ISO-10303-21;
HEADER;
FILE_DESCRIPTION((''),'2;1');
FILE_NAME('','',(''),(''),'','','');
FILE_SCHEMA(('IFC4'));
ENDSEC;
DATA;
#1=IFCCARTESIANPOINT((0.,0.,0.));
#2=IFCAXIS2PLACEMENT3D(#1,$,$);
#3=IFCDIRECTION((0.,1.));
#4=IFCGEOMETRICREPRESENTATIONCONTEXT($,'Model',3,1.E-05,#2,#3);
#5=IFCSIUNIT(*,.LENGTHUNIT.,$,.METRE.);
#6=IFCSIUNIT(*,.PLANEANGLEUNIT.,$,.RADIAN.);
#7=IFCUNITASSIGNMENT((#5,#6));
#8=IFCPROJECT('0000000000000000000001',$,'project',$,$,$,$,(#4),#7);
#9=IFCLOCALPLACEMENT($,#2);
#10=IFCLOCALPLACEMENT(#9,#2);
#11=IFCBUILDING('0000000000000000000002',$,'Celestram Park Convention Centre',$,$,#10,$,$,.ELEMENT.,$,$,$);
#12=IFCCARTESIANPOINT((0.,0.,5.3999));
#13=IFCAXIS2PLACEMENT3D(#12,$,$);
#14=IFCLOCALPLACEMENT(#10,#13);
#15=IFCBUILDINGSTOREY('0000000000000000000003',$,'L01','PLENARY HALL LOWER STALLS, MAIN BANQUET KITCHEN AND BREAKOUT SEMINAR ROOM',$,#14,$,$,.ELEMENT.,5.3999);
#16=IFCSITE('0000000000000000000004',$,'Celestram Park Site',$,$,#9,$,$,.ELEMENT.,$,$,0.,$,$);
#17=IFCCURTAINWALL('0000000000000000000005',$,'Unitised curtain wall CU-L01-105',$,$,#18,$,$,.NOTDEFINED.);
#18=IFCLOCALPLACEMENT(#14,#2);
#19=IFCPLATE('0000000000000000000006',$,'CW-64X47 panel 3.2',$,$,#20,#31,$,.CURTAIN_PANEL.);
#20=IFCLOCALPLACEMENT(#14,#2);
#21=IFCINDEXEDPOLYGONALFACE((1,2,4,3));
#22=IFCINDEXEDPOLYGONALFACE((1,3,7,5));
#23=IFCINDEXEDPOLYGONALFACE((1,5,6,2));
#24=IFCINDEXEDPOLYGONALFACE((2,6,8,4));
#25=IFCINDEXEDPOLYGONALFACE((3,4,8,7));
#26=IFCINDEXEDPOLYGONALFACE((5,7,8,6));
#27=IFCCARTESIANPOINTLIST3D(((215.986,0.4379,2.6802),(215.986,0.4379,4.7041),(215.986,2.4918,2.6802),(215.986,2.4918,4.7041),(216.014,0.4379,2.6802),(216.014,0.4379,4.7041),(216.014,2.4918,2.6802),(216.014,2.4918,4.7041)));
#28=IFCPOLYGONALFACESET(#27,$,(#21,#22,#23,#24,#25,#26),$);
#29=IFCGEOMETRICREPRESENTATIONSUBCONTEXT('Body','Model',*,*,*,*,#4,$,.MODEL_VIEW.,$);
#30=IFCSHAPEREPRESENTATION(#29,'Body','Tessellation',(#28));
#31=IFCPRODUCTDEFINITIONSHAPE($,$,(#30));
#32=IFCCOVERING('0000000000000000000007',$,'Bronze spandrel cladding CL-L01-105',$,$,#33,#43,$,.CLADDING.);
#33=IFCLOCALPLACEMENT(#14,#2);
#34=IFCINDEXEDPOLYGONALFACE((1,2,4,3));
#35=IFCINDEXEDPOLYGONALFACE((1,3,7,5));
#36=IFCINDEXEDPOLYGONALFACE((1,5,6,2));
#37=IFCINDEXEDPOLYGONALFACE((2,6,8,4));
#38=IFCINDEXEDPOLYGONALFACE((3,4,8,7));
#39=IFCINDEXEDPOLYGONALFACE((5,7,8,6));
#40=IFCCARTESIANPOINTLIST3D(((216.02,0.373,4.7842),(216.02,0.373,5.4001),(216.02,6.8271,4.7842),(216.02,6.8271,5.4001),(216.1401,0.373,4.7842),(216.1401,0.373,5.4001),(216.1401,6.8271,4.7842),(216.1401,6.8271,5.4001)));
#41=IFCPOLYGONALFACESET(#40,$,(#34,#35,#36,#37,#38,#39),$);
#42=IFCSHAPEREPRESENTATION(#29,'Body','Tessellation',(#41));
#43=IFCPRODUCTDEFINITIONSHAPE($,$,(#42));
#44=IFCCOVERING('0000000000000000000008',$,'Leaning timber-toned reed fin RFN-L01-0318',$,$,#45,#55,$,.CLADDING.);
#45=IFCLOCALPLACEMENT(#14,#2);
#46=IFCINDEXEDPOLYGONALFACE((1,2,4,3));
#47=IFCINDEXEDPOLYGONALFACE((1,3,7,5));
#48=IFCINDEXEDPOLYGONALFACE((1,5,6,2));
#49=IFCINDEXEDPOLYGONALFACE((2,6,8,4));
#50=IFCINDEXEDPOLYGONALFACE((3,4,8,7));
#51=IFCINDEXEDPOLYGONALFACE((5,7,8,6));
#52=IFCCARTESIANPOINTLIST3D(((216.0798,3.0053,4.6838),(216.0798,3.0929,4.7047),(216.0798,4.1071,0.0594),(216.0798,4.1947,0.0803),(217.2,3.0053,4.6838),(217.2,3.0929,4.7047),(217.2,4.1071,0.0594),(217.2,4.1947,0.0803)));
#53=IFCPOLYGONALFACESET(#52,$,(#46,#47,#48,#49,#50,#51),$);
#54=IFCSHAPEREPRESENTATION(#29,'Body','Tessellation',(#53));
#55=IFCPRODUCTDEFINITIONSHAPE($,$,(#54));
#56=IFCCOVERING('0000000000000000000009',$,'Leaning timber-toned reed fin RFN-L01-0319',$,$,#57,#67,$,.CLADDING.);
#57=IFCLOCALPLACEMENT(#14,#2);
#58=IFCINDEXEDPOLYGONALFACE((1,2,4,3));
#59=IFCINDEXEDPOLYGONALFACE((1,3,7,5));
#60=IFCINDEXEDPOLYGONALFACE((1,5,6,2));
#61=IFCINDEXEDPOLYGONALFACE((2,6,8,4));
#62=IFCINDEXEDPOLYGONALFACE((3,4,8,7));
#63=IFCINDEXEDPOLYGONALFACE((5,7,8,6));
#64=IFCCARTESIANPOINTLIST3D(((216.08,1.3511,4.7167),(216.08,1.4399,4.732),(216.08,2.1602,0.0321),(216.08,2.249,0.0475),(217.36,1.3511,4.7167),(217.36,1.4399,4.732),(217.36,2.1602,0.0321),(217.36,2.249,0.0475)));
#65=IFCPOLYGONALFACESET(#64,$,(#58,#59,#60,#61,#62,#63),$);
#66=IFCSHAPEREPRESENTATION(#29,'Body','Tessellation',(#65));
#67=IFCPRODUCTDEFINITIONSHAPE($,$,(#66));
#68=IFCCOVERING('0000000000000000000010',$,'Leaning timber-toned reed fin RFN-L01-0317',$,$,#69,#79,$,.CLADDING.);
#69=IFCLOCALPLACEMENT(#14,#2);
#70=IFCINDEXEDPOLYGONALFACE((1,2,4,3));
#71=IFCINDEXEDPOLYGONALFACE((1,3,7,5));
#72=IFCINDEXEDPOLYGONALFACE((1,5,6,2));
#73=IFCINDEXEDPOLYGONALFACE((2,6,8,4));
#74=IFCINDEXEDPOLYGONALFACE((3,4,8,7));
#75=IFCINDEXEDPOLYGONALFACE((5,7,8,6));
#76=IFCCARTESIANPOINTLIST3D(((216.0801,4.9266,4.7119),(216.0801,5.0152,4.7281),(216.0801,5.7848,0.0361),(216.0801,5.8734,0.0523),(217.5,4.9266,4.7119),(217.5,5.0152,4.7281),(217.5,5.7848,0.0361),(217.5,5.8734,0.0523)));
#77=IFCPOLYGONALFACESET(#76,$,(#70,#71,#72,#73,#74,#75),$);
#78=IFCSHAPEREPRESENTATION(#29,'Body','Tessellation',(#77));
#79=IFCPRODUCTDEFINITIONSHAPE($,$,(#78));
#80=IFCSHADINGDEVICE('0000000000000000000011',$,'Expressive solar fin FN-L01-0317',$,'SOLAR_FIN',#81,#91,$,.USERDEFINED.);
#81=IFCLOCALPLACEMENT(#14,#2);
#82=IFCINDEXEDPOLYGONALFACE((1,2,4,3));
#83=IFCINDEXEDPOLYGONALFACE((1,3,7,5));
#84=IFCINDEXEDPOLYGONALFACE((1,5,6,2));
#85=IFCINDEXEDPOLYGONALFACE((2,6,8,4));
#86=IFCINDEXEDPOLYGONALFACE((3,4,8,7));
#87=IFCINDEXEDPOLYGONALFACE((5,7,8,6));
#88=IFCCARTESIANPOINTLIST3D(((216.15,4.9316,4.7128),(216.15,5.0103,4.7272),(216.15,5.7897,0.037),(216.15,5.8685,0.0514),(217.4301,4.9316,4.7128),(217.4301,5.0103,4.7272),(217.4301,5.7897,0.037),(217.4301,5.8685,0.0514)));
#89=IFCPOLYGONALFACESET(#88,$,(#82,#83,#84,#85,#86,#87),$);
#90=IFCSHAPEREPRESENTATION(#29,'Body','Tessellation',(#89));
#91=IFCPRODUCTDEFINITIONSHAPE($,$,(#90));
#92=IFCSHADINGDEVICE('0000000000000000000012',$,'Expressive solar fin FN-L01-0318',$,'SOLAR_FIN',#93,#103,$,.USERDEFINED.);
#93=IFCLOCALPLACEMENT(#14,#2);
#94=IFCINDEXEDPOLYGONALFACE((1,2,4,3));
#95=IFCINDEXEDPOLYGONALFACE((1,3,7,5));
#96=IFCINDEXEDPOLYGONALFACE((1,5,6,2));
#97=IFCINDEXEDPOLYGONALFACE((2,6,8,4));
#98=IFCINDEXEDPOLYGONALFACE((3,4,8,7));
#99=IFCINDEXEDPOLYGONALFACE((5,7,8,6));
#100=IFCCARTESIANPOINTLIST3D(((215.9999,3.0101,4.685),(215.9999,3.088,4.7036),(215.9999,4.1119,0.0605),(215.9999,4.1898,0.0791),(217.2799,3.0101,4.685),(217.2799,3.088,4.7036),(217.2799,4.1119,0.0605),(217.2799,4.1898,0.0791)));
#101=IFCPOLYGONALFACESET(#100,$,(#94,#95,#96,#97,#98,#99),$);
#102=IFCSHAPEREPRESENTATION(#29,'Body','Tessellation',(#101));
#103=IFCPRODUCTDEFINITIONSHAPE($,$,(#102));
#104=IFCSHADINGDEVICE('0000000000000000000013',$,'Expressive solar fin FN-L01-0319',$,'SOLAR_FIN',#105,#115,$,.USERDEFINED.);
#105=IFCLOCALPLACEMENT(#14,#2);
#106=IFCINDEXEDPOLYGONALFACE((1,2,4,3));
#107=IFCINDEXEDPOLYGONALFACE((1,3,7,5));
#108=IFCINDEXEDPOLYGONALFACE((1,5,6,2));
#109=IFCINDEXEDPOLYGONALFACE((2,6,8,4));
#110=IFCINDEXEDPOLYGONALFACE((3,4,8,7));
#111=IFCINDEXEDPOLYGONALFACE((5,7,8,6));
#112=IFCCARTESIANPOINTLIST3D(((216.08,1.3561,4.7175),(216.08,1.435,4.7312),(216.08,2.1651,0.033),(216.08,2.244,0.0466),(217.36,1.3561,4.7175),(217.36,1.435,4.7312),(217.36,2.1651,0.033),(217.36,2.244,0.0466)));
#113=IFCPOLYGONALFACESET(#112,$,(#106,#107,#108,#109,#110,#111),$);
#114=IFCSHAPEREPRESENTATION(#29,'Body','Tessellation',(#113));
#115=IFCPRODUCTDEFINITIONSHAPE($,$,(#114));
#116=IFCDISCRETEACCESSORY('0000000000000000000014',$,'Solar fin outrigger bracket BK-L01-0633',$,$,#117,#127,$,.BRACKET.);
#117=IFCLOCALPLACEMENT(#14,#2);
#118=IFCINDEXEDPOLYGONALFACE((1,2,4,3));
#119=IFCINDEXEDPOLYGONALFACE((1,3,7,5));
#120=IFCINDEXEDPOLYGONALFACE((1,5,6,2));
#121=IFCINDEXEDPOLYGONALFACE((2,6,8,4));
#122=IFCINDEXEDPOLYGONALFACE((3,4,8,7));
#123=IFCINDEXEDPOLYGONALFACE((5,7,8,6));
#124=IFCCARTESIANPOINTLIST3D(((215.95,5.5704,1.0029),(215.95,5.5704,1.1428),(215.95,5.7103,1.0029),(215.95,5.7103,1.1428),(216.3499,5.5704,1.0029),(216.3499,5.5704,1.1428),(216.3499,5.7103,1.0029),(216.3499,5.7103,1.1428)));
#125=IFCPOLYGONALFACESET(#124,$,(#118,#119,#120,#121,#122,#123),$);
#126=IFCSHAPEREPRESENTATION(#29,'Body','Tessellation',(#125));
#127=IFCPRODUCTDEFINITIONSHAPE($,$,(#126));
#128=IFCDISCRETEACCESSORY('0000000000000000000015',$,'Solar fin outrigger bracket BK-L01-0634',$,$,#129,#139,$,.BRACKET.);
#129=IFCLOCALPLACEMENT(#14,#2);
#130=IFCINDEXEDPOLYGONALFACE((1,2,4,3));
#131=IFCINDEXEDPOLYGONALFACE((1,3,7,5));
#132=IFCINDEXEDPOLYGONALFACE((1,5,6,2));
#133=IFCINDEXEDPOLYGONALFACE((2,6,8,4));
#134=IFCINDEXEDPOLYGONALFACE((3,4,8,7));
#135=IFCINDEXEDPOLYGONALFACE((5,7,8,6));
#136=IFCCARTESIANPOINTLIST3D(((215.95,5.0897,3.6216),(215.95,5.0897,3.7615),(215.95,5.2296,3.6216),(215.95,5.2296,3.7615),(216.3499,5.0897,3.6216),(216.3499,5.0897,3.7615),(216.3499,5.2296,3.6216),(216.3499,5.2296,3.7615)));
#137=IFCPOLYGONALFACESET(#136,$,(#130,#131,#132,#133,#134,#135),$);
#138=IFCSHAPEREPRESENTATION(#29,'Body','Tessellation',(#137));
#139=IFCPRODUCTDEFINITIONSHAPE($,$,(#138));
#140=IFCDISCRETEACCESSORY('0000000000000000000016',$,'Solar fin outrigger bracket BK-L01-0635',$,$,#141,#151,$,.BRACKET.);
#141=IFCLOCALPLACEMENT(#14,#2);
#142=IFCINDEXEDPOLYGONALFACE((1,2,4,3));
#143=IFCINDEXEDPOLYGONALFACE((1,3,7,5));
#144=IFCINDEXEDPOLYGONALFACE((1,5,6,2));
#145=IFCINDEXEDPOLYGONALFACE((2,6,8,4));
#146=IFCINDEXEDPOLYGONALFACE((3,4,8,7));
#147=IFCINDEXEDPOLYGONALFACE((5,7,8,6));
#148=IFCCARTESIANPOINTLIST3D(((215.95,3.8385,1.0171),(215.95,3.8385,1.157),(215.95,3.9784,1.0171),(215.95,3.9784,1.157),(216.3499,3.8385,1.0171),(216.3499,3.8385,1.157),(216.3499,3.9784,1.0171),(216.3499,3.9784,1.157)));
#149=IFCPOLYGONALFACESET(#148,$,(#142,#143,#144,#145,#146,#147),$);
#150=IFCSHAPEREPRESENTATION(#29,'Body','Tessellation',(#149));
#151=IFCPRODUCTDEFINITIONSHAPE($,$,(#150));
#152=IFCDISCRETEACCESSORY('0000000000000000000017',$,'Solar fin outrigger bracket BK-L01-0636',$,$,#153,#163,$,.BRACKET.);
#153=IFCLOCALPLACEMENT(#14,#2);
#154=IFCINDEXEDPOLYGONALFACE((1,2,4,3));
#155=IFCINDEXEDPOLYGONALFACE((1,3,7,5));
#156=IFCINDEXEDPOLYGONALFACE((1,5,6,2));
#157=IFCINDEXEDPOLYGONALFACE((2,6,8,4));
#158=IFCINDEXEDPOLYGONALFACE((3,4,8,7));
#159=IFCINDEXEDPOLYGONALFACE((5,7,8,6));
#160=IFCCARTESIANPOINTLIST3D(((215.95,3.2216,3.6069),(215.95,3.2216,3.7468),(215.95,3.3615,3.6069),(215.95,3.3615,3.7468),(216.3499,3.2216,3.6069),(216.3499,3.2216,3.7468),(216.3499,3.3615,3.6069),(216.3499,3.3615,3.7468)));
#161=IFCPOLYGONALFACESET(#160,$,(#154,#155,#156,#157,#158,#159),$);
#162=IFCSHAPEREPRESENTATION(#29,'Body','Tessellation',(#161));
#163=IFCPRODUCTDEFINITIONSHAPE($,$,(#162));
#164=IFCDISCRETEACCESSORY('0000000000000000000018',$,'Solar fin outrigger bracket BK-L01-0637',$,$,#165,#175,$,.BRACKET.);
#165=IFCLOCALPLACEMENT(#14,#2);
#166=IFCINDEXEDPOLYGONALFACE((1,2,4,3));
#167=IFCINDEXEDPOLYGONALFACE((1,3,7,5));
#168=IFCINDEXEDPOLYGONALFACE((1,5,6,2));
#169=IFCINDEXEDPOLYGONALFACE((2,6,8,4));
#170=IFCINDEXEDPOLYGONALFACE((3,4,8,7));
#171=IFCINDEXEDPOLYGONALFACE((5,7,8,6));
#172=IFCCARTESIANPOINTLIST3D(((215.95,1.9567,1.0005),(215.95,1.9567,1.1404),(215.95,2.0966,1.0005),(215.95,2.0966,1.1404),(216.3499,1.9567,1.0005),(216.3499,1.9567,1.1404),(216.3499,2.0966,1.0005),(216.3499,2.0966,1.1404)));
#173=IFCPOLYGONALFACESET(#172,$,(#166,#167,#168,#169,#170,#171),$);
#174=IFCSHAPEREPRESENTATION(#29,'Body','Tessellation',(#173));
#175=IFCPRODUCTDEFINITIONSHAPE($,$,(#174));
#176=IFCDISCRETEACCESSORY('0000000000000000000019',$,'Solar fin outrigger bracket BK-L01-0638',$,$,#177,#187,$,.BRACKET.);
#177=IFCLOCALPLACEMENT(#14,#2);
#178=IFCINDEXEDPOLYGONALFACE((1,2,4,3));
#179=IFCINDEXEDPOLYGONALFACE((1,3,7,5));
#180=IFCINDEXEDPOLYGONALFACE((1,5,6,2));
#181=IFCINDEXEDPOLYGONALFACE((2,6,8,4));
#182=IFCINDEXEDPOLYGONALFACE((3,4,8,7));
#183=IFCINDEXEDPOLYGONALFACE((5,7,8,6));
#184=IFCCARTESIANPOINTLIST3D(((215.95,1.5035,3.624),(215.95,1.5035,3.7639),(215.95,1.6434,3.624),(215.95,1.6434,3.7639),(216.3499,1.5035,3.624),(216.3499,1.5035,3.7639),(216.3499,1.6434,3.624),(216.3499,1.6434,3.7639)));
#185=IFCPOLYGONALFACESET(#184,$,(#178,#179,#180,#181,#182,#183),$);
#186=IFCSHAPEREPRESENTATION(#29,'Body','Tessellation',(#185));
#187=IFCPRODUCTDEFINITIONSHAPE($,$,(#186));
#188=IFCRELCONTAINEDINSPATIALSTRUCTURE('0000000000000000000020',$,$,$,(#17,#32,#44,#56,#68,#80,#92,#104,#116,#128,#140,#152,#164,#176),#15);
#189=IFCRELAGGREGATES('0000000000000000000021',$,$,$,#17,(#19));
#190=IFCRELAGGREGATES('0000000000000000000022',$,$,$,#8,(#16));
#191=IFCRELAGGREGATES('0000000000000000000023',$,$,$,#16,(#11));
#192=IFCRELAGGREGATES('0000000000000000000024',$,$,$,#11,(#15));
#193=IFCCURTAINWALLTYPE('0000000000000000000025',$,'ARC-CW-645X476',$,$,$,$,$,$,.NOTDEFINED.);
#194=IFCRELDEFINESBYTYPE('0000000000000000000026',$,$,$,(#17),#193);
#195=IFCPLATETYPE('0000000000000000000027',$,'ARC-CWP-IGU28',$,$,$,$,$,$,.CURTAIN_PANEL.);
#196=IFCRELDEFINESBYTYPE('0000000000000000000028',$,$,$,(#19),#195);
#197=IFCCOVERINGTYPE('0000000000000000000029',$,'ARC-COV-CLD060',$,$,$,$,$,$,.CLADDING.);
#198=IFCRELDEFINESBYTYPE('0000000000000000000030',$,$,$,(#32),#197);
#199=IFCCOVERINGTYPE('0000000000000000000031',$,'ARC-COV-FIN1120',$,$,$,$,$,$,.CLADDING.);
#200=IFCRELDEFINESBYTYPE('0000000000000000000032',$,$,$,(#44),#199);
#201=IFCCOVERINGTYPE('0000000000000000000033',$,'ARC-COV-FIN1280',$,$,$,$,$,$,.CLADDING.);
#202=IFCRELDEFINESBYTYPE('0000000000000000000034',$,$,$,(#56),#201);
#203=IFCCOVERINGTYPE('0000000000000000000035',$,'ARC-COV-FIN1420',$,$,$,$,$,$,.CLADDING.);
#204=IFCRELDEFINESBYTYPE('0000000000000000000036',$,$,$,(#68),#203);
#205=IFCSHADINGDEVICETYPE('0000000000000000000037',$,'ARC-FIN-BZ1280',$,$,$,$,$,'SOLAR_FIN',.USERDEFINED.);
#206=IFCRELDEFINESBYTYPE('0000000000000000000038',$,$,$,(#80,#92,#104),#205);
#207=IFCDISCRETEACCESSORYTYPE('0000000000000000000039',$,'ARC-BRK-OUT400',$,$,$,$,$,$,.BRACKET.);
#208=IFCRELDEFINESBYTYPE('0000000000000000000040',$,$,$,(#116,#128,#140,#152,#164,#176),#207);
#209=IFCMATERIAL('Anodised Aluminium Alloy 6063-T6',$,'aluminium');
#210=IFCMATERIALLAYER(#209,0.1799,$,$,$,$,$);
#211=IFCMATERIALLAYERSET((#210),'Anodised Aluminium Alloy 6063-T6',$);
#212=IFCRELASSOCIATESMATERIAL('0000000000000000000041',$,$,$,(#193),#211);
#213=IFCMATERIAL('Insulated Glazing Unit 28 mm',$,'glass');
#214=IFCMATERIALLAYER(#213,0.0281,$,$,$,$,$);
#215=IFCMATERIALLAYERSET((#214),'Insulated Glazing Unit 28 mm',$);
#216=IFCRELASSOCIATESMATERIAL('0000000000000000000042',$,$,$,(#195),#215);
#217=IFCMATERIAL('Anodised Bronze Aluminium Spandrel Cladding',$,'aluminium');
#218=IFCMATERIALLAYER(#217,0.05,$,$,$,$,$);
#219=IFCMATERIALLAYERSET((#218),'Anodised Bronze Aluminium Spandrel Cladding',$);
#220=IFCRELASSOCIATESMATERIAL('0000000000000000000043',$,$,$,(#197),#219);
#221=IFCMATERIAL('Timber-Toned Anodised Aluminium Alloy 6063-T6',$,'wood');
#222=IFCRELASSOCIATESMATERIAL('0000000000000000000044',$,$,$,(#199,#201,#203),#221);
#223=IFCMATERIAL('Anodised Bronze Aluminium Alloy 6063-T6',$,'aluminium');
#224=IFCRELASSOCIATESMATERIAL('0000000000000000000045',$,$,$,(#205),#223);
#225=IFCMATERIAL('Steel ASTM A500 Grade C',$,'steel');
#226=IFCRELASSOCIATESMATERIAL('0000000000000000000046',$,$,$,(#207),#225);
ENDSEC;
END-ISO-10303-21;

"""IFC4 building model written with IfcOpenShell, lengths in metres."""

from ifc_helpers import new_model, si_unit, direction, frame, origin, origin_2d, place, context, subcontext, project, spatial, rectangle, extrude, material, layer, layer_set, material_profile, profile_set, type_object, element, aggregate, save


model = new_model("IFC4")

# Units and contexts
model_context = context("Model", 3, precision=1e-05, world=origin(), true_north=direction((0.0, 1.0)))
body_context = subcontext(model_context, "Body", "Model", "MODEL_VIEW")
ifc_project = project(units=[si_unit("LENGTHUNIT", "METRE"), si_unit("PLANEANGLEUNIT", "RADIAN")], contexts=[model_context])

# Site, building, storey
site_placement = place(None, origin())
site = spatial("IfcSite", under=ifc_project, at=site_placement, Name="Celestram Park Site", CompositionType="ELEMENT", RefElevation=0.0)
building_placement = place(site_placement, origin())
building = spatial("IfcBuilding", under=site, at=building_placement, Name="Celestram Park Convention Centre", CompositionType="ELEMENT")
storey_placement = place(building_placement, frame((0.0, 0.0, 5.3999)))
storey = spatial("IfcBuildingStorey", under=building, at=storey_placement, Name="L01", Description="PLENARY HALL LOWER STALLS, MAIN BANQUET KITCHEN AND BREAKOUT SEMINAR ROOM", CompositionType="ELEMENT", Elevation=5.3999)

# Curtain wall
ifc_material_1 = material(Name="Anodised Aluminium Alloy 6063-T6", Category="aluminium")
ifc_layer_1 = layer(ifc_material_1, 0.1799)
ifc_layer_set_1 = layer_set([ifc_layer_1], Name="Anodised Aluminium Alloy 6063-T6")
curtain_wall_type_1 = type_object("IfcCurtainWallType", Name="ARC-CW-645X476", PredefinedType="NOTDEFINED", material=ifc_layer_set_1)
curtain_wall_1_placement = place(storey_placement, origin())
curtain_wall_1 = element("IfcCurtainWall", 1, at=curtain_wall_1_placement, inside=storey, type_object=curtain_wall_type_1, Name="Unitised curtain wall CU-L01-105", PredefinedType="NOTDEFINED")

# Shared definitions
ifc_material_2 = material(Name="Steel ASTM A500 Grade C", Category="steel")

# Plate
ifc_material_3 = material(Name="Insulated Glazing Unit 28 mm", Category="glass")
ifc_layer_2 = layer(ifc_material_3, 0.0281)
ifc_layer_set_2 = layer_set([ifc_layer_2], Name="Insulated Glazing Unit 28 mm")
plate_type = type_object("IfcPlateType", Name="ARC-CWP-IGU28", PredefinedType="CURTAIN_PANEL", material=ifc_layer_set_2)
plate_1_placement = place(storey_placement, frame((216.0, 1.4648, 2.6802), z_axis=(0.0, 0.0, 1.0), x_axis=(0.0, -1.0, 0.0)))
plate_1 = element("IfcPlate", 2, at=plate_1_placement, type_object=plate_type, Name="CW-64X47 panel 3.2", PredefinedType="CURTAIN_PANEL", context=body_context, shape_type="SweptSolid", body=[
    extrude(rectangle(XDim=2.054, YDim=0.0281, at=origin_2d()), origin(), (0.0, 0.0, 1.0), 2.0239),
])
aggregate(curtain_wall_1, [plate_1])

# Coverings
ifc_material_4 = material(Name="Anodised Bronze Aluminium Spandrel Cladding", Category="aluminium")
ifc_layer_3 = layer(ifc_material_4, 0.05)
ifc_layer_set_3 = layer_set([ifc_layer_3], Name="Anodised Bronze Aluminium Spandrel Cladding")
covering_type_1 = type_object("IfcCoveringType", Name="ARC-COV-CLD060", PredefinedType="CLADDING", material=ifc_layer_set_3)
covering_1_placement = place(storey_placement, frame((216.0801, 3.6001, 4.7842), z_axis=(0.0, 0.0, 1.0), x_axis=(0.0, -1.0, 0.0)))
element("IfcCovering", 3, at=covering_1_placement, inside=storey, type_object=covering_type_1, Name="Bronze spandrel cladding CL-L01-105", PredefinedType="CLADDING", context=body_context, shape_type="SweptSolid", body=[
    extrude(rectangle(XDim=6.4541, YDim=0.1201, at=origin_2d()), origin(), (0.0, 0.0, 1.0), 0.616),
])
ifc_material_5 = material(Name="Timber-Toned Anodised Aluminium Alloy 6063-T6", Category="wood")
ifc_material_profile_1 = material_profile(ifc_material_5, rectangle(XDim=1.1201, YDim=0.0901, at=origin_2d()), Name="REED1120X90")
ifc_profile_set_1 = profile_set([ifc_material_profile_1], Name="Timber-Toned Anodised Aluminium Alloy 6063-T6")
covering_type_2 = type_object("IfcCoveringType", Name="ARC-COV-FIN1120", PredefinedType="CLADDING", material=ifc_profile_set_1)
covering_2_placement = place(storey_placement, frame((216.6399, 4.1509, 0.0698), z_axis=(0.0, -0.231766, 0.972771), x_axis=(1.0, 0.0, 0.0)))
element("IfcCovering", 4, at=covering_2_placement, inside=storey, type_object=covering_type_2, Name="Leaning timber-toned reed fin RFN-L01-0318", PredefinedType="CLADDING", context=body_context, shape_type="SweptSolid", body=[
    extrude(rectangle(XDim=1.1201, YDim=0.0901, at=origin_2d()), origin(), (0.0, 0.0, 1.0), 4.7539),
])
ifc_material_profile_2 = material_profile(ifc_material_5, rectangle(XDim=1.28, YDim=0.0901, at=origin_2d()), Name="REED1280X90")
ifc_profile_set_2 = profile_set([ifc_material_profile_2], Name="Timber-Toned Anodised Aluminium Alloy 6063-T6")
covering_type_3 = type_object("IfcCoveringType", Name="ARC-COV-FIN1280", PredefinedType="CLADDING", material=ifc_profile_set_2)
covering_3_placement = place(storey_placement, frame((216.72, 2.2046, 0.0398), z_axis=(0.0, -0.170192, 0.985411), x_axis=(1.0, 0.0, 0.0)))
element("IfcCovering", 5, at=covering_3_placement, inside=storey, type_object=covering_type_3, Name="Leaning timber-toned reed fin RFN-L01-0319", PredefinedType="CLADDING", context=body_context, shape_type="SweptSolid", body=[
    extrude(rectangle(XDim=1.28, YDim=0.0901, at=origin_2d()), origin(), (0.0, 0.0, 1.0), 4.7539),
])
ifc_material_profile_3 = material_profile(ifc_material_5, rectangle(XDim=1.4199, YDim=0.0901, at=origin_2d()), Name="REED1420X90")
ifc_profile_set_3 = profile_set([ifc_material_profile_3], Name="Timber-Toned Anodised Aluminium Alloy 6063-T6")
covering_type_4 = type_object("IfcCoveringType", Name="ARC-COV-FIN1420", PredefinedType="CLADDING", material=ifc_profile_set_3)
covering_4_placement = place(storey_placement, frame((216.79, 5.8291, 0.0442), z_axis=(0.0, -0.180517, 0.983572), x_axis=(1.0, 0.0, 0.0)))
element("IfcCovering", 6, at=covering_4_placement, inside=storey, type_object=covering_type_4, Name="Leaning timber-toned reed fin RFN-L01-0317", PredefinedType="CLADDING", context=body_context, shape_type="SweptSolid", body=[
    extrude(rectangle(XDim=1.4199, YDim=0.0901, at=origin_2d()), origin(), (0.0, 0.0, 1.0), 4.7539),
])

# Shading devices
ifc_material_6 = material(Name="Anodised Bronze Aluminium Alloy 6063-T6", Category="aluminium")
ifc_material_profile_4 = material_profile(ifc_material_6, rectangle(XDim=1.28, YDim=0.0801, at=origin_2d()), Name="FIN1280X80")
ifc_profile_set_4 = profile_set([ifc_material_profile_4], Name="Anodised Bronze Aluminium Alloy 6063-T6")
shading_device_type = type_object("IfcShadingDeviceType", Name="ARC-FIN-BZ1280", ElementType="SOLAR_FIN", PredefinedType="USERDEFINED", material=ifc_profile_set_4)
for number, where, z_axis, x_axis, name in (
    (7, (216.79, 5.8291, 0.0442), (0.0, -0.180517, 0.983572), (1.0, 0.0, 0.0), "Expressive solar fin FN-L01-0317"),
    (8, (216.6399, 4.1509, 0.0698), (0.0, -0.231766, 0.972771), (1.0, 0.0, 0.0), "Expressive solar fin FN-L01-0318"),
    (9, (216.72, 2.2046, 0.0398), (0.0, -0.170192, 0.985411), (1.0, 0.0, 0.0), "Expressive solar fin FN-L01-0319"),
):
    element("IfcShadingDevice", number, at=place(storey_placement, frame(where, z_axis=z_axis, x_axis=x_axis)), inside=storey, type_object=shading_device_type, Name=name, ObjectType="SOLAR_FIN", PredefinedType="USERDEFINED", context=body_context, shape_type="SweptSolid", body=[
        extrude(rectangle(XDim=1.28, YDim=0.0801, at=origin_2d()), origin(), (0.0, 0.0, 1.0), 4.7539),
    ])

# Discrete accessories
discrete_accessory_type = type_object("IfcDiscreteAccessoryType", Name="ARC-BRK-OUT400", PredefinedType="BRACKET", material=ifc_material_2)
for number, where, z_axis, x_axis, name in (
    (10, (216.1499, 5.6404, 1.0029), (0.0, 0.0, 1.0), (1.0, 0.0, 0.0), "Solar fin outrigger bracket BK-L01-0633"),
    (11, (216.1499, 5.1597, 3.6216), (0.0, 0.0, 1.0), (1.0, 0.0, 0.0), "Solar fin outrigger bracket BK-L01-0634"),
    (12, (216.1499, 3.9084, 1.0171), (0.0, 0.0, 1.0), (1.0, 0.0, 0.0), "Solar fin outrigger bracket BK-L01-0635"),
    (13, (216.1499, 3.2915, 3.6069), (0.0, 0.0, 1.0), (1.0, 0.0, 0.0), "Solar fin outrigger bracket BK-L01-0636"),
    (14, (216.1499, 2.0266, 1.0005), (0.0, 0.0, 1.0), (1.0, 0.0, 0.0), "Solar fin outrigger bracket BK-L01-0637"),
    (15, (216.1499, 1.5735, 3.624), (0.0, 0.0, 1.0), (1.0, 0.0, 0.0), "Solar fin outrigger bracket BK-L01-0638"),
):
    element("IfcDiscreteAccessory", number, at=place(storey_placement, frame(where, z_axis=z_axis, x_axis=x_axis)), inside=storey, type_object=discrete_accessory_type, Name=name, PredefinedType="BRACKET", context=body_context, shape_type="SweptSolid", body=[
        extrude(rectangle(XDim=0.3999, YDim=0.1399, at=origin_2d()), origin(), (0.0, 0.0, 1.0), 0.1399),
    ])

save(model, "model.ifc")
